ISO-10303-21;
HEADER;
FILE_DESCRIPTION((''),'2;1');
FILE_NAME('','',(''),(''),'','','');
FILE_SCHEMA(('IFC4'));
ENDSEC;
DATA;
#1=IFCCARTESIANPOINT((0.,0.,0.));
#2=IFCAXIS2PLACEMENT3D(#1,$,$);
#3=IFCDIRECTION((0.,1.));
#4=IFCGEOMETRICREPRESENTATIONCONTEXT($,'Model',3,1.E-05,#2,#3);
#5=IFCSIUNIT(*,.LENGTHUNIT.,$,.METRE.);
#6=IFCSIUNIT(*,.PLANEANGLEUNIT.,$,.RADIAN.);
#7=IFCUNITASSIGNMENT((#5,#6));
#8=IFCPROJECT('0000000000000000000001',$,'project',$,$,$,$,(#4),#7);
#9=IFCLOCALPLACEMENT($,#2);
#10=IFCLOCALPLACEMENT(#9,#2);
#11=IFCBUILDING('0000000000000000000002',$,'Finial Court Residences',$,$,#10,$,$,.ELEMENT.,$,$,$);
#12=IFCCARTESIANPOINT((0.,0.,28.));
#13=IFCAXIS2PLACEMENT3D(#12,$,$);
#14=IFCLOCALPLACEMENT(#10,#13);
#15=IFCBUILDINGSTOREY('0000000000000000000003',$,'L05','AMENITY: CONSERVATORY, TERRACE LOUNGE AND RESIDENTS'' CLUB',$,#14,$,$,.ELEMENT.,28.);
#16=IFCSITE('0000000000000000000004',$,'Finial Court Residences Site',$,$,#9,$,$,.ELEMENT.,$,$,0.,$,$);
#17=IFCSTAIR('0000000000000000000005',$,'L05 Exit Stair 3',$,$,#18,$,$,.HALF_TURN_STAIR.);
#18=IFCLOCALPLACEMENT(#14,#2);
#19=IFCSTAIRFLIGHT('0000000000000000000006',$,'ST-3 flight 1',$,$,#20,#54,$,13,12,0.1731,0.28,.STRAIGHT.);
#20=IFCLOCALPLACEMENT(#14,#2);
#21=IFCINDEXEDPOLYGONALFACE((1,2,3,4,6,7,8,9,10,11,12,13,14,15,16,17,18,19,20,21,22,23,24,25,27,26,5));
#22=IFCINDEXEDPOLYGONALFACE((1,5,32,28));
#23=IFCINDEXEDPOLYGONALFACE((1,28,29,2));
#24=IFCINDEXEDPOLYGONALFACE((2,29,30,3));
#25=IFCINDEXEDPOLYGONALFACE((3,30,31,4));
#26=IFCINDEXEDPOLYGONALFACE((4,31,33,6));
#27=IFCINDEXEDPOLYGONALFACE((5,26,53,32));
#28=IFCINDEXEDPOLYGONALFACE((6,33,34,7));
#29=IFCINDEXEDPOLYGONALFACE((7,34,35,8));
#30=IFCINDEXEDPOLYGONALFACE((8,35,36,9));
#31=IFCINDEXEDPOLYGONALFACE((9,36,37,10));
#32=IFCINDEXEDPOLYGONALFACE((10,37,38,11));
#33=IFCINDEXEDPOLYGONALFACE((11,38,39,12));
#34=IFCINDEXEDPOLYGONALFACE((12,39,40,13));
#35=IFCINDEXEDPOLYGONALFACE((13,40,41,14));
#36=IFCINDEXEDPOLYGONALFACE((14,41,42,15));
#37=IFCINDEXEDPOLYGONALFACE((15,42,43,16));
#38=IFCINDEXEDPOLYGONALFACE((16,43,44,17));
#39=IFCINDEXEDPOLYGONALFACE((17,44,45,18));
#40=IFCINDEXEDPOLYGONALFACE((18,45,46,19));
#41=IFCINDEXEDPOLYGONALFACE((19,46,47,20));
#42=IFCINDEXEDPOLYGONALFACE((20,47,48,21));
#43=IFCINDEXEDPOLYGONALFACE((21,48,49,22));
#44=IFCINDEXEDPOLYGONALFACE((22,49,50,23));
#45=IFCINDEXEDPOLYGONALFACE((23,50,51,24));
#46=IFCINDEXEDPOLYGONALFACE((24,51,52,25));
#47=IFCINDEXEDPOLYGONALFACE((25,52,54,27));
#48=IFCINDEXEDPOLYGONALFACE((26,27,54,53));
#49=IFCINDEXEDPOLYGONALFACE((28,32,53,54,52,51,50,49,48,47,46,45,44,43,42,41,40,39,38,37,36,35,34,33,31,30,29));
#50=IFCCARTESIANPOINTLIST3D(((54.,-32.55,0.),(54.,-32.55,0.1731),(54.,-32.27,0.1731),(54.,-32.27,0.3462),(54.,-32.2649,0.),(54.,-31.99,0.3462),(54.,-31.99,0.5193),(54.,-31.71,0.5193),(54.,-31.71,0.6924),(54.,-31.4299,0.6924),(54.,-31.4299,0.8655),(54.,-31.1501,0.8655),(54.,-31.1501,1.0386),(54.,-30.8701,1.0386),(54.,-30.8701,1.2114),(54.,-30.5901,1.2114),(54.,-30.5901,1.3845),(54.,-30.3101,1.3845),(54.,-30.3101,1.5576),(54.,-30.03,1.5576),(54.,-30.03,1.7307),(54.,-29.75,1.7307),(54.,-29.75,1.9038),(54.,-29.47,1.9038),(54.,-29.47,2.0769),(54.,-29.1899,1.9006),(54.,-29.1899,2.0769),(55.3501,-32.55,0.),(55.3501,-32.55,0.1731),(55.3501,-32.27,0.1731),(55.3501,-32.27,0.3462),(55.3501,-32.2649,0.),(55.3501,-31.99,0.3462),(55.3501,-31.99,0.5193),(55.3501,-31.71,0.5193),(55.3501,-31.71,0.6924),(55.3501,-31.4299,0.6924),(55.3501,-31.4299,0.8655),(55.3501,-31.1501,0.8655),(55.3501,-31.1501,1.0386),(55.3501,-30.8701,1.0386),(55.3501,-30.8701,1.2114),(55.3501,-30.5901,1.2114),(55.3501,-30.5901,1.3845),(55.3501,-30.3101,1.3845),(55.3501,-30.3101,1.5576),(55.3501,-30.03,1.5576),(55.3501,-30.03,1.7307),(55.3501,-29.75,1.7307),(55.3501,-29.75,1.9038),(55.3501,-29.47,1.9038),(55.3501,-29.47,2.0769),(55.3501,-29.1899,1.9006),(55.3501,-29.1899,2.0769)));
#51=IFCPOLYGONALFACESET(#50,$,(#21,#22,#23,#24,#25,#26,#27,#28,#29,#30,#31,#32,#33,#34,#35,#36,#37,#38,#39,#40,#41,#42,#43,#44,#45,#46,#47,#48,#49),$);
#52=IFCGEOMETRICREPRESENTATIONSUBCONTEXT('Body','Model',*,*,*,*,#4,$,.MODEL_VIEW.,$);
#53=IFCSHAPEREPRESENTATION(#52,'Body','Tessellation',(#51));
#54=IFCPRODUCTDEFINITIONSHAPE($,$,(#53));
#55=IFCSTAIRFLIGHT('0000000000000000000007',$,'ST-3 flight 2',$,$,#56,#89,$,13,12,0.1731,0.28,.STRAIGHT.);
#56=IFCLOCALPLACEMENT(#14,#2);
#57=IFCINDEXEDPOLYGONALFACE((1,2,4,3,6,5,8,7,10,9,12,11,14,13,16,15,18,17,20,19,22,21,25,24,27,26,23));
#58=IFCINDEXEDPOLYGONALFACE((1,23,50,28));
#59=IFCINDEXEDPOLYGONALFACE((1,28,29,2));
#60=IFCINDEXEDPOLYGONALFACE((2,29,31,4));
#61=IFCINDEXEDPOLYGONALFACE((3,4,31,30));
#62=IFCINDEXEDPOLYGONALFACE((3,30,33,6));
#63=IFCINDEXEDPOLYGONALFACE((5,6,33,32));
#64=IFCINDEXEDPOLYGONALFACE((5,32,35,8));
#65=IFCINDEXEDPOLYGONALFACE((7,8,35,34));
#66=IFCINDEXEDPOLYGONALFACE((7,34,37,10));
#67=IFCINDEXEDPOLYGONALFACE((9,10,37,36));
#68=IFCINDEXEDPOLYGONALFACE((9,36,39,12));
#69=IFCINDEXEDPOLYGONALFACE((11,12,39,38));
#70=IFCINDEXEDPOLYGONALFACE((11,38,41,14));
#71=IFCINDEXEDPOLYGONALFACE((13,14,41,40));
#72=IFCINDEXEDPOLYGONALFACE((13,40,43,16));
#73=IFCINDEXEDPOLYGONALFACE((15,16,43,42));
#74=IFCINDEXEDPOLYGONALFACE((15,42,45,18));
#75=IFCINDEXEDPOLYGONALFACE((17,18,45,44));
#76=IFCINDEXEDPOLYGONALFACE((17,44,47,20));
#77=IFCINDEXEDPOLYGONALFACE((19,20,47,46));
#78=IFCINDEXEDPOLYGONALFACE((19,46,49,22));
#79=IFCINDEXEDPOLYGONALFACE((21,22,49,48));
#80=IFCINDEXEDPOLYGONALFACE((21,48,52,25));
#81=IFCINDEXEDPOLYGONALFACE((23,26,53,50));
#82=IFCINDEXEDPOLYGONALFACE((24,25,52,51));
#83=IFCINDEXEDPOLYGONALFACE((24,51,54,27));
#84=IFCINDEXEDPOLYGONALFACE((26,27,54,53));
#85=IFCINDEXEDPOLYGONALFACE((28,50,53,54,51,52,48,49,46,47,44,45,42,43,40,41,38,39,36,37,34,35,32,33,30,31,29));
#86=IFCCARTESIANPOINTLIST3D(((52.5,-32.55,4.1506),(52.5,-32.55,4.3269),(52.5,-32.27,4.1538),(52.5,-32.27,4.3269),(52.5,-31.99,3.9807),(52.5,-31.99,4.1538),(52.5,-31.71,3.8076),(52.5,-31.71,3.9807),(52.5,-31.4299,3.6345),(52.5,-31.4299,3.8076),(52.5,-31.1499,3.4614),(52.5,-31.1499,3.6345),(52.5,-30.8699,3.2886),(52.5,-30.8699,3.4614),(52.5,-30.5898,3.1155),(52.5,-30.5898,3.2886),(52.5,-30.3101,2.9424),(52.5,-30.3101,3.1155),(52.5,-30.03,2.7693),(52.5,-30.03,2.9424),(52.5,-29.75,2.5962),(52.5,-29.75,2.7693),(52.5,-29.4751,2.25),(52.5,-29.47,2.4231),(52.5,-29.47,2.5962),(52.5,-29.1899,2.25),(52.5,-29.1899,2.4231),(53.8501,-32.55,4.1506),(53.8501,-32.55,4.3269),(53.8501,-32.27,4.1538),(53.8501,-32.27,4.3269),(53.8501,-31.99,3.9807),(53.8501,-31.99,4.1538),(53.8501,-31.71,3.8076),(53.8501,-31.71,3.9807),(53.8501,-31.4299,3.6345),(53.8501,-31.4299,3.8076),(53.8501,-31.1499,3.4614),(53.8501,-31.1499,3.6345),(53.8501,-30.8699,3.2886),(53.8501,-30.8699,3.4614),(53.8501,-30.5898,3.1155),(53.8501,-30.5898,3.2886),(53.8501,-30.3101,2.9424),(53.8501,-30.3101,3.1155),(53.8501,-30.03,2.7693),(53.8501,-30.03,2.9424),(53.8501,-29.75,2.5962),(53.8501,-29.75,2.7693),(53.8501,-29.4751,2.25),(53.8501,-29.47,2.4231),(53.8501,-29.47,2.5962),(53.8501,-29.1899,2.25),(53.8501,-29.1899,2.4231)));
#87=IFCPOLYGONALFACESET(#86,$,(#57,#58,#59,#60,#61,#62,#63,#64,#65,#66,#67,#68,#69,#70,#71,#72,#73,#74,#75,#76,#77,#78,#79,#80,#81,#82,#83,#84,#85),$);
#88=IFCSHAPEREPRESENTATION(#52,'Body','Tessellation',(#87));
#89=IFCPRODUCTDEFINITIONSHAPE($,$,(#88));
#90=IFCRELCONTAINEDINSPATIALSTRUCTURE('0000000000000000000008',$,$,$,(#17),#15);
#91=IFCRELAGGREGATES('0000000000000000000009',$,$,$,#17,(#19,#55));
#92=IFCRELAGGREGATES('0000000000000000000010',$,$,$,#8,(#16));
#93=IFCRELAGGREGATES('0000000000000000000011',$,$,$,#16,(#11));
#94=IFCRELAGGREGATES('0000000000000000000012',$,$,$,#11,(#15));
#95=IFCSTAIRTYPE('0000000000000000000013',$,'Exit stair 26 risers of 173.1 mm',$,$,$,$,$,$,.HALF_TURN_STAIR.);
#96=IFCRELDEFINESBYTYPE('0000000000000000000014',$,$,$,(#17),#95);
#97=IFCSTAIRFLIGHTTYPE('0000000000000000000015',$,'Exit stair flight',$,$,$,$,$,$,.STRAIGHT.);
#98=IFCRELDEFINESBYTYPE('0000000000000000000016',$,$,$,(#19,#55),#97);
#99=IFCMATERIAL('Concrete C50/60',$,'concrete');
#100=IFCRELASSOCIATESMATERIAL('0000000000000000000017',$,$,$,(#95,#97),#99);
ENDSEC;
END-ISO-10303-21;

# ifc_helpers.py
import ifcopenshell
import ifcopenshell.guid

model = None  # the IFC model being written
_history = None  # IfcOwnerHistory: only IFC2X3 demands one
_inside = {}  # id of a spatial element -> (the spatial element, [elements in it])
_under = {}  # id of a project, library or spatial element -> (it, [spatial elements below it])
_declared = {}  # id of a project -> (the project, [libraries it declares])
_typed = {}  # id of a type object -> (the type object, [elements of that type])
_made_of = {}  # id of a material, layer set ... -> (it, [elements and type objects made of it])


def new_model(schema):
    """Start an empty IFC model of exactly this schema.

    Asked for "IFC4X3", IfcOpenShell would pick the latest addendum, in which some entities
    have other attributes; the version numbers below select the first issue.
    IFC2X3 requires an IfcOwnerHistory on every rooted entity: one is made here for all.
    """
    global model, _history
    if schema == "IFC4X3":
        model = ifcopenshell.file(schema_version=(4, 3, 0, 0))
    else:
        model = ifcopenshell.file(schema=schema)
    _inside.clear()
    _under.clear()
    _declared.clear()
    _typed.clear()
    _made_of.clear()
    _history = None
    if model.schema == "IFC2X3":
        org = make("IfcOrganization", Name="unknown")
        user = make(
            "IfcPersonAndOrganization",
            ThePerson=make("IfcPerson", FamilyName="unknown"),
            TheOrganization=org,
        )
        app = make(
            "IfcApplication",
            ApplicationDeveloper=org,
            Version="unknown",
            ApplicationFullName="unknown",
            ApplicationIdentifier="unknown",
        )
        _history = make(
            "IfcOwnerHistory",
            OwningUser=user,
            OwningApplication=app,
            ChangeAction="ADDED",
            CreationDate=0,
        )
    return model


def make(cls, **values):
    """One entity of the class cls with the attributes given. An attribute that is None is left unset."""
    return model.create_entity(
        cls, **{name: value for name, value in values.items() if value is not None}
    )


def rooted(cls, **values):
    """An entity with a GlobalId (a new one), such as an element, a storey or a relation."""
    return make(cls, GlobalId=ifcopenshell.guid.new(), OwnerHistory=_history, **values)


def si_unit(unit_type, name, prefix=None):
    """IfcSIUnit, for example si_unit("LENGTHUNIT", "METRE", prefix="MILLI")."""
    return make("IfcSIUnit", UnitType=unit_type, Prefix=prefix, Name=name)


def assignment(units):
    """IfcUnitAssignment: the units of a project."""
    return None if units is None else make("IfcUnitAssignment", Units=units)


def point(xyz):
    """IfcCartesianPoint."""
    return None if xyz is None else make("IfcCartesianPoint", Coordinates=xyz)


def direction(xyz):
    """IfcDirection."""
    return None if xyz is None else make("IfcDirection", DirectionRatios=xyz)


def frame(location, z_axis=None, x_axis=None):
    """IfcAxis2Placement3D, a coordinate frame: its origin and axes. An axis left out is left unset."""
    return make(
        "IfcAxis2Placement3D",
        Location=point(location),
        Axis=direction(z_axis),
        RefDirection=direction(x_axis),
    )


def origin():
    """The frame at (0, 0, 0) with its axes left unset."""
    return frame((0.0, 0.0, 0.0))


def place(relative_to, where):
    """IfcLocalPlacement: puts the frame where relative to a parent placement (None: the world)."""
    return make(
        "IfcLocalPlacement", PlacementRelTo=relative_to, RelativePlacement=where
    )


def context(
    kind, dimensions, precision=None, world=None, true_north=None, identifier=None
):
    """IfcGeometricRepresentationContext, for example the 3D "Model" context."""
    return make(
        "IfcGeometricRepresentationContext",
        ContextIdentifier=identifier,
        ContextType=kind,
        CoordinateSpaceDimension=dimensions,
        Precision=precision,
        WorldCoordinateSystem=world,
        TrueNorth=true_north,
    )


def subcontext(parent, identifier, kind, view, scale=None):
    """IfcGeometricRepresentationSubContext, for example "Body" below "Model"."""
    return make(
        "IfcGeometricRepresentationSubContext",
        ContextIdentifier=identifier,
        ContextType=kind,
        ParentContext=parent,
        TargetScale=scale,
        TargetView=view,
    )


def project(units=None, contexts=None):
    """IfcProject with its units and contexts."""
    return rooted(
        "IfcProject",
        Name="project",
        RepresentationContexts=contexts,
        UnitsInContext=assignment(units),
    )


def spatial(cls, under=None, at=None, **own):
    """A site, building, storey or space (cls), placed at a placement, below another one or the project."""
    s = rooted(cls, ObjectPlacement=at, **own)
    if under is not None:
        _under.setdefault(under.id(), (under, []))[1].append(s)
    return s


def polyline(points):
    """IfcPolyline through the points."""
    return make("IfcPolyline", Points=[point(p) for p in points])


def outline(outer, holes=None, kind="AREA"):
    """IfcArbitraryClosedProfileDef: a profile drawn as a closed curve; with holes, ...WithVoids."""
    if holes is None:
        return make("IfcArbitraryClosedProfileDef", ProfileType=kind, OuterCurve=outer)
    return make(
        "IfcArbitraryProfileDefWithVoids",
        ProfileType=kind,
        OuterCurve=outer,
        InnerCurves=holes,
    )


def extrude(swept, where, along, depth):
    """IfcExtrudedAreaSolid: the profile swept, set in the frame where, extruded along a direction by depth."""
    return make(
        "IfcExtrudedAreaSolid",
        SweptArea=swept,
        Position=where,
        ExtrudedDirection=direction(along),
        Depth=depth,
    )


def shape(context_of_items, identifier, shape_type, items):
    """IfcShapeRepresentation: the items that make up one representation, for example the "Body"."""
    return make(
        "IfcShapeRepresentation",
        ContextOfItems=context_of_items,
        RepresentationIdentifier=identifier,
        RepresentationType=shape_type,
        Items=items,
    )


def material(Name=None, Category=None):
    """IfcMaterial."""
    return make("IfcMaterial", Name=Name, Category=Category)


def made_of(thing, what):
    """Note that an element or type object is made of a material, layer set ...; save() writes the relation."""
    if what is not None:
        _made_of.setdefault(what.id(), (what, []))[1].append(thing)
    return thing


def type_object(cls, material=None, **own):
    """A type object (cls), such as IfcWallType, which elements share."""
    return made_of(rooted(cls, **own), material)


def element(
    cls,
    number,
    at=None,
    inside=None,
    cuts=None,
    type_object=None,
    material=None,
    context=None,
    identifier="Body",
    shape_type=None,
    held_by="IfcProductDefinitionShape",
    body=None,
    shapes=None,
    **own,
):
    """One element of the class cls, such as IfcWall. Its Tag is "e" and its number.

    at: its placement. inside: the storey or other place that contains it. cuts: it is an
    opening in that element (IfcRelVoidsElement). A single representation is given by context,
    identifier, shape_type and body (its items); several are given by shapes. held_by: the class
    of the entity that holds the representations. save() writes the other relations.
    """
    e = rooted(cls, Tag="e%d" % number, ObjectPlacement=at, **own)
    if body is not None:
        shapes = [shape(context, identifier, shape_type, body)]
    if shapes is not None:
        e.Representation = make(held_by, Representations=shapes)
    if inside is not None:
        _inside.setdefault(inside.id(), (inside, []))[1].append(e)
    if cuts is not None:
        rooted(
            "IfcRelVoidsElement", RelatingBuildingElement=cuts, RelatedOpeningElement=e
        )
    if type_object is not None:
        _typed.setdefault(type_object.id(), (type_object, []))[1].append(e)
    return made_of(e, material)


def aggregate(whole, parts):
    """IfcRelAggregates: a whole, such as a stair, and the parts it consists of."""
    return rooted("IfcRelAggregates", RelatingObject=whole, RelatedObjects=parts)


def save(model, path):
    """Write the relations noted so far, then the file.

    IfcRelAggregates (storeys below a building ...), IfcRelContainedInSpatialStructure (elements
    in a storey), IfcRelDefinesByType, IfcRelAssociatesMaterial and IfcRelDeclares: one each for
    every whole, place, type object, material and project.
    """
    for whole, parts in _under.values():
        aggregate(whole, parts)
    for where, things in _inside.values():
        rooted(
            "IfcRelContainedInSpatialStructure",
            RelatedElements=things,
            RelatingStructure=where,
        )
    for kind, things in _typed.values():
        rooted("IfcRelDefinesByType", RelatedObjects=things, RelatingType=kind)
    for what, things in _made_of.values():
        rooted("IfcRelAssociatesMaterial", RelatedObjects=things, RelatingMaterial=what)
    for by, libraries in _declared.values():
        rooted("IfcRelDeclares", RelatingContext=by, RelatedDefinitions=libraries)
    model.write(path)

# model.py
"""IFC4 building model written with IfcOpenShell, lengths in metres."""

from ifc_helpers import new_model, si_unit, direction, frame, origin, place, context, subcontext, project, spatial, polyline, outline, extrude, material, type_object, element, aggregate, save


model = new_model("IFC4")

# Units and contexts
model_context = context("Model", 3, precision=1e-05, world=origin(), true_north=direction((0.0, 1.0)))
body_context = subcontext(model_context, "Body", "Model", "MODEL_VIEW")
ifc_project = project(units=[si_unit("LENGTHUNIT", "METRE"), si_unit("PLANEANGLEUNIT", "RADIAN")], contexts=[model_context])

# Site, building, storey
site_placement = place(None, origin())
site = spatial("IfcSite", under=ifc_project, at=site_placement, Name="Finial Court Residences Site", CompositionType="ELEMENT", RefElevation=0.0)
building_placement = place(site_placement, origin())
building = spatial("IfcBuilding", under=site, at=building_placement, Name="Finial Court Residences", CompositionType="ELEMENT")
storey_placement = place(building_placement, frame((0.0, 0.0, 28.0)))
storey = spatial("IfcBuildingStorey", under=building, at=storey_placement, Name="L05", Description="AMENITY: CONSERVATORY, TERRACE LOUNGE AND RESIDENTS' CLUB", CompositionType="ELEMENT", Elevation=28.0)

# Shared definitions
ifc_material_1 = material(Name="Concrete C50/60", Category="concrete")

# Stair, stair flights
stair_type = type_object("IfcStairType", Name="Exit stair 26 risers of 173.1 mm", PredefinedType="HALF_TURN_STAIR", material=ifc_material_1)
stair_placement = place(storey_placement, origin())
stair = element("IfcStair", 1, at=stair_placement, inside=storey, type_object=stair_type, Name="L05 Exit Stair 3", PredefinedType="HALF_TURN_STAIR")
stair_flight_type = type_object("IfcStairFlightType", Name="Exit stair flight", PredefinedType="STRAIGHT", material=ifc_material_1)
stair_flight_1_placement = place(storey_placement, frame((54.675, -32.55, 0.0), z_axis=(0.0, 0.0, 1.0), x_axis=(0.0, 1.0, 0.0)))
stair_flight_1 = element("IfcStairFlight", 2, at=stair_flight_1_placement, type_object=stair_flight_type, Name="ST-3 flight 1", NumberOfRisers=13, NumberOfTreads=12, PredefinedType="STRAIGHT", RiserHeight=0.1731, TreadLength=0.28, context=body_context, shape_type="SweptSolid", body=[
    extrude(outline(polyline([(0.0, 0.0), (0.0, 0.1731), (0.28, 0.1731), (0.28, 0.3462), (0.5601, 0.3462), (0.5601, 0.5193), (0.8401, 0.5193), (0.8401, 0.6924), (1.1201, 0.6924), (1.1201, 0.8655), (1.3999, 0.8655), (1.3999, 1.0386), (1.6799, 1.0386), (1.6799, 1.2114), (1.96, 1.2114), (1.96, 1.3845), (2.24, 1.3845), (2.24, 1.5576), (2.52, 1.5576), (2.52, 1.7307), (2.8, 1.7307), (2.8, 1.9038), (3.0801, 1.9038), (3.0801, 2.0769), (3.3601, 2.0769), (3.3601, 2.25), (3.3601, 1.9006), (0.2852, 0.0), (0.0, 0.0)])), frame((0.0, 0.675, 0.0), z_axis=(0.0, -1.0, 0.0), x_axis=(1.0, 0.0, 0.0)), (0.0, 0.0, 1.0), 1.3501),
])
stair_flight_2_placement = place(storey_placement, frame((53.175, -29.1899, 2.25), z_axis=(0.0, 0.0, 1.0), x_axis=(0.0, -1.0, 0.0)))
stair_flight_2 = element("IfcStairFlight", 3, at=stair_flight_2_placement, type_object=stair_flight_type, Name="ST-3 flight 2", NumberOfRisers=13, NumberOfTreads=12, PredefinedType="STRAIGHT", RiserHeight=0.1731, TreadLength=0.28, context=body_context, shape_type="SweptSolid", body=[
    extrude(outline(polyline([(0.0, 0.0), (0.0, 0.1731), (0.28, 0.1731), (0.28, 0.3462), (0.5601, 0.3462), (0.5601, 0.5193), (0.8401, 0.5193), (0.8401, 0.6924), (1.1201, 0.6924), (1.1201, 0.8655), (1.3999, 0.8655), (1.3999, 1.0386), (1.6799, 1.0386), (1.6799, 1.2114), (1.96, 1.2114), (1.96, 1.3845), (2.24, 1.3845), (2.24, 1.5576), (2.52, 1.5576), (2.52, 1.7307), (2.8, 1.7307), (2.8, 1.9038), (3.0801, 1.9038), (3.0801, 2.0769), (3.3601, 2.0769), (3.3601, 2.25), (3.3601, 1.9006), (0.2852, 0.0), (0.0, 0.0)])), frame((0.0, 0.675, 0.0), z_axis=(0.0, -1.0, 0.0), x_axis=(1.0, 0.0, 0.0)), (0.0, 0.0, 1.0), 1.3501),
])
aggregate(stair, [stair_flight_1, stair_flight_2])

save(model, "model.ifc")
